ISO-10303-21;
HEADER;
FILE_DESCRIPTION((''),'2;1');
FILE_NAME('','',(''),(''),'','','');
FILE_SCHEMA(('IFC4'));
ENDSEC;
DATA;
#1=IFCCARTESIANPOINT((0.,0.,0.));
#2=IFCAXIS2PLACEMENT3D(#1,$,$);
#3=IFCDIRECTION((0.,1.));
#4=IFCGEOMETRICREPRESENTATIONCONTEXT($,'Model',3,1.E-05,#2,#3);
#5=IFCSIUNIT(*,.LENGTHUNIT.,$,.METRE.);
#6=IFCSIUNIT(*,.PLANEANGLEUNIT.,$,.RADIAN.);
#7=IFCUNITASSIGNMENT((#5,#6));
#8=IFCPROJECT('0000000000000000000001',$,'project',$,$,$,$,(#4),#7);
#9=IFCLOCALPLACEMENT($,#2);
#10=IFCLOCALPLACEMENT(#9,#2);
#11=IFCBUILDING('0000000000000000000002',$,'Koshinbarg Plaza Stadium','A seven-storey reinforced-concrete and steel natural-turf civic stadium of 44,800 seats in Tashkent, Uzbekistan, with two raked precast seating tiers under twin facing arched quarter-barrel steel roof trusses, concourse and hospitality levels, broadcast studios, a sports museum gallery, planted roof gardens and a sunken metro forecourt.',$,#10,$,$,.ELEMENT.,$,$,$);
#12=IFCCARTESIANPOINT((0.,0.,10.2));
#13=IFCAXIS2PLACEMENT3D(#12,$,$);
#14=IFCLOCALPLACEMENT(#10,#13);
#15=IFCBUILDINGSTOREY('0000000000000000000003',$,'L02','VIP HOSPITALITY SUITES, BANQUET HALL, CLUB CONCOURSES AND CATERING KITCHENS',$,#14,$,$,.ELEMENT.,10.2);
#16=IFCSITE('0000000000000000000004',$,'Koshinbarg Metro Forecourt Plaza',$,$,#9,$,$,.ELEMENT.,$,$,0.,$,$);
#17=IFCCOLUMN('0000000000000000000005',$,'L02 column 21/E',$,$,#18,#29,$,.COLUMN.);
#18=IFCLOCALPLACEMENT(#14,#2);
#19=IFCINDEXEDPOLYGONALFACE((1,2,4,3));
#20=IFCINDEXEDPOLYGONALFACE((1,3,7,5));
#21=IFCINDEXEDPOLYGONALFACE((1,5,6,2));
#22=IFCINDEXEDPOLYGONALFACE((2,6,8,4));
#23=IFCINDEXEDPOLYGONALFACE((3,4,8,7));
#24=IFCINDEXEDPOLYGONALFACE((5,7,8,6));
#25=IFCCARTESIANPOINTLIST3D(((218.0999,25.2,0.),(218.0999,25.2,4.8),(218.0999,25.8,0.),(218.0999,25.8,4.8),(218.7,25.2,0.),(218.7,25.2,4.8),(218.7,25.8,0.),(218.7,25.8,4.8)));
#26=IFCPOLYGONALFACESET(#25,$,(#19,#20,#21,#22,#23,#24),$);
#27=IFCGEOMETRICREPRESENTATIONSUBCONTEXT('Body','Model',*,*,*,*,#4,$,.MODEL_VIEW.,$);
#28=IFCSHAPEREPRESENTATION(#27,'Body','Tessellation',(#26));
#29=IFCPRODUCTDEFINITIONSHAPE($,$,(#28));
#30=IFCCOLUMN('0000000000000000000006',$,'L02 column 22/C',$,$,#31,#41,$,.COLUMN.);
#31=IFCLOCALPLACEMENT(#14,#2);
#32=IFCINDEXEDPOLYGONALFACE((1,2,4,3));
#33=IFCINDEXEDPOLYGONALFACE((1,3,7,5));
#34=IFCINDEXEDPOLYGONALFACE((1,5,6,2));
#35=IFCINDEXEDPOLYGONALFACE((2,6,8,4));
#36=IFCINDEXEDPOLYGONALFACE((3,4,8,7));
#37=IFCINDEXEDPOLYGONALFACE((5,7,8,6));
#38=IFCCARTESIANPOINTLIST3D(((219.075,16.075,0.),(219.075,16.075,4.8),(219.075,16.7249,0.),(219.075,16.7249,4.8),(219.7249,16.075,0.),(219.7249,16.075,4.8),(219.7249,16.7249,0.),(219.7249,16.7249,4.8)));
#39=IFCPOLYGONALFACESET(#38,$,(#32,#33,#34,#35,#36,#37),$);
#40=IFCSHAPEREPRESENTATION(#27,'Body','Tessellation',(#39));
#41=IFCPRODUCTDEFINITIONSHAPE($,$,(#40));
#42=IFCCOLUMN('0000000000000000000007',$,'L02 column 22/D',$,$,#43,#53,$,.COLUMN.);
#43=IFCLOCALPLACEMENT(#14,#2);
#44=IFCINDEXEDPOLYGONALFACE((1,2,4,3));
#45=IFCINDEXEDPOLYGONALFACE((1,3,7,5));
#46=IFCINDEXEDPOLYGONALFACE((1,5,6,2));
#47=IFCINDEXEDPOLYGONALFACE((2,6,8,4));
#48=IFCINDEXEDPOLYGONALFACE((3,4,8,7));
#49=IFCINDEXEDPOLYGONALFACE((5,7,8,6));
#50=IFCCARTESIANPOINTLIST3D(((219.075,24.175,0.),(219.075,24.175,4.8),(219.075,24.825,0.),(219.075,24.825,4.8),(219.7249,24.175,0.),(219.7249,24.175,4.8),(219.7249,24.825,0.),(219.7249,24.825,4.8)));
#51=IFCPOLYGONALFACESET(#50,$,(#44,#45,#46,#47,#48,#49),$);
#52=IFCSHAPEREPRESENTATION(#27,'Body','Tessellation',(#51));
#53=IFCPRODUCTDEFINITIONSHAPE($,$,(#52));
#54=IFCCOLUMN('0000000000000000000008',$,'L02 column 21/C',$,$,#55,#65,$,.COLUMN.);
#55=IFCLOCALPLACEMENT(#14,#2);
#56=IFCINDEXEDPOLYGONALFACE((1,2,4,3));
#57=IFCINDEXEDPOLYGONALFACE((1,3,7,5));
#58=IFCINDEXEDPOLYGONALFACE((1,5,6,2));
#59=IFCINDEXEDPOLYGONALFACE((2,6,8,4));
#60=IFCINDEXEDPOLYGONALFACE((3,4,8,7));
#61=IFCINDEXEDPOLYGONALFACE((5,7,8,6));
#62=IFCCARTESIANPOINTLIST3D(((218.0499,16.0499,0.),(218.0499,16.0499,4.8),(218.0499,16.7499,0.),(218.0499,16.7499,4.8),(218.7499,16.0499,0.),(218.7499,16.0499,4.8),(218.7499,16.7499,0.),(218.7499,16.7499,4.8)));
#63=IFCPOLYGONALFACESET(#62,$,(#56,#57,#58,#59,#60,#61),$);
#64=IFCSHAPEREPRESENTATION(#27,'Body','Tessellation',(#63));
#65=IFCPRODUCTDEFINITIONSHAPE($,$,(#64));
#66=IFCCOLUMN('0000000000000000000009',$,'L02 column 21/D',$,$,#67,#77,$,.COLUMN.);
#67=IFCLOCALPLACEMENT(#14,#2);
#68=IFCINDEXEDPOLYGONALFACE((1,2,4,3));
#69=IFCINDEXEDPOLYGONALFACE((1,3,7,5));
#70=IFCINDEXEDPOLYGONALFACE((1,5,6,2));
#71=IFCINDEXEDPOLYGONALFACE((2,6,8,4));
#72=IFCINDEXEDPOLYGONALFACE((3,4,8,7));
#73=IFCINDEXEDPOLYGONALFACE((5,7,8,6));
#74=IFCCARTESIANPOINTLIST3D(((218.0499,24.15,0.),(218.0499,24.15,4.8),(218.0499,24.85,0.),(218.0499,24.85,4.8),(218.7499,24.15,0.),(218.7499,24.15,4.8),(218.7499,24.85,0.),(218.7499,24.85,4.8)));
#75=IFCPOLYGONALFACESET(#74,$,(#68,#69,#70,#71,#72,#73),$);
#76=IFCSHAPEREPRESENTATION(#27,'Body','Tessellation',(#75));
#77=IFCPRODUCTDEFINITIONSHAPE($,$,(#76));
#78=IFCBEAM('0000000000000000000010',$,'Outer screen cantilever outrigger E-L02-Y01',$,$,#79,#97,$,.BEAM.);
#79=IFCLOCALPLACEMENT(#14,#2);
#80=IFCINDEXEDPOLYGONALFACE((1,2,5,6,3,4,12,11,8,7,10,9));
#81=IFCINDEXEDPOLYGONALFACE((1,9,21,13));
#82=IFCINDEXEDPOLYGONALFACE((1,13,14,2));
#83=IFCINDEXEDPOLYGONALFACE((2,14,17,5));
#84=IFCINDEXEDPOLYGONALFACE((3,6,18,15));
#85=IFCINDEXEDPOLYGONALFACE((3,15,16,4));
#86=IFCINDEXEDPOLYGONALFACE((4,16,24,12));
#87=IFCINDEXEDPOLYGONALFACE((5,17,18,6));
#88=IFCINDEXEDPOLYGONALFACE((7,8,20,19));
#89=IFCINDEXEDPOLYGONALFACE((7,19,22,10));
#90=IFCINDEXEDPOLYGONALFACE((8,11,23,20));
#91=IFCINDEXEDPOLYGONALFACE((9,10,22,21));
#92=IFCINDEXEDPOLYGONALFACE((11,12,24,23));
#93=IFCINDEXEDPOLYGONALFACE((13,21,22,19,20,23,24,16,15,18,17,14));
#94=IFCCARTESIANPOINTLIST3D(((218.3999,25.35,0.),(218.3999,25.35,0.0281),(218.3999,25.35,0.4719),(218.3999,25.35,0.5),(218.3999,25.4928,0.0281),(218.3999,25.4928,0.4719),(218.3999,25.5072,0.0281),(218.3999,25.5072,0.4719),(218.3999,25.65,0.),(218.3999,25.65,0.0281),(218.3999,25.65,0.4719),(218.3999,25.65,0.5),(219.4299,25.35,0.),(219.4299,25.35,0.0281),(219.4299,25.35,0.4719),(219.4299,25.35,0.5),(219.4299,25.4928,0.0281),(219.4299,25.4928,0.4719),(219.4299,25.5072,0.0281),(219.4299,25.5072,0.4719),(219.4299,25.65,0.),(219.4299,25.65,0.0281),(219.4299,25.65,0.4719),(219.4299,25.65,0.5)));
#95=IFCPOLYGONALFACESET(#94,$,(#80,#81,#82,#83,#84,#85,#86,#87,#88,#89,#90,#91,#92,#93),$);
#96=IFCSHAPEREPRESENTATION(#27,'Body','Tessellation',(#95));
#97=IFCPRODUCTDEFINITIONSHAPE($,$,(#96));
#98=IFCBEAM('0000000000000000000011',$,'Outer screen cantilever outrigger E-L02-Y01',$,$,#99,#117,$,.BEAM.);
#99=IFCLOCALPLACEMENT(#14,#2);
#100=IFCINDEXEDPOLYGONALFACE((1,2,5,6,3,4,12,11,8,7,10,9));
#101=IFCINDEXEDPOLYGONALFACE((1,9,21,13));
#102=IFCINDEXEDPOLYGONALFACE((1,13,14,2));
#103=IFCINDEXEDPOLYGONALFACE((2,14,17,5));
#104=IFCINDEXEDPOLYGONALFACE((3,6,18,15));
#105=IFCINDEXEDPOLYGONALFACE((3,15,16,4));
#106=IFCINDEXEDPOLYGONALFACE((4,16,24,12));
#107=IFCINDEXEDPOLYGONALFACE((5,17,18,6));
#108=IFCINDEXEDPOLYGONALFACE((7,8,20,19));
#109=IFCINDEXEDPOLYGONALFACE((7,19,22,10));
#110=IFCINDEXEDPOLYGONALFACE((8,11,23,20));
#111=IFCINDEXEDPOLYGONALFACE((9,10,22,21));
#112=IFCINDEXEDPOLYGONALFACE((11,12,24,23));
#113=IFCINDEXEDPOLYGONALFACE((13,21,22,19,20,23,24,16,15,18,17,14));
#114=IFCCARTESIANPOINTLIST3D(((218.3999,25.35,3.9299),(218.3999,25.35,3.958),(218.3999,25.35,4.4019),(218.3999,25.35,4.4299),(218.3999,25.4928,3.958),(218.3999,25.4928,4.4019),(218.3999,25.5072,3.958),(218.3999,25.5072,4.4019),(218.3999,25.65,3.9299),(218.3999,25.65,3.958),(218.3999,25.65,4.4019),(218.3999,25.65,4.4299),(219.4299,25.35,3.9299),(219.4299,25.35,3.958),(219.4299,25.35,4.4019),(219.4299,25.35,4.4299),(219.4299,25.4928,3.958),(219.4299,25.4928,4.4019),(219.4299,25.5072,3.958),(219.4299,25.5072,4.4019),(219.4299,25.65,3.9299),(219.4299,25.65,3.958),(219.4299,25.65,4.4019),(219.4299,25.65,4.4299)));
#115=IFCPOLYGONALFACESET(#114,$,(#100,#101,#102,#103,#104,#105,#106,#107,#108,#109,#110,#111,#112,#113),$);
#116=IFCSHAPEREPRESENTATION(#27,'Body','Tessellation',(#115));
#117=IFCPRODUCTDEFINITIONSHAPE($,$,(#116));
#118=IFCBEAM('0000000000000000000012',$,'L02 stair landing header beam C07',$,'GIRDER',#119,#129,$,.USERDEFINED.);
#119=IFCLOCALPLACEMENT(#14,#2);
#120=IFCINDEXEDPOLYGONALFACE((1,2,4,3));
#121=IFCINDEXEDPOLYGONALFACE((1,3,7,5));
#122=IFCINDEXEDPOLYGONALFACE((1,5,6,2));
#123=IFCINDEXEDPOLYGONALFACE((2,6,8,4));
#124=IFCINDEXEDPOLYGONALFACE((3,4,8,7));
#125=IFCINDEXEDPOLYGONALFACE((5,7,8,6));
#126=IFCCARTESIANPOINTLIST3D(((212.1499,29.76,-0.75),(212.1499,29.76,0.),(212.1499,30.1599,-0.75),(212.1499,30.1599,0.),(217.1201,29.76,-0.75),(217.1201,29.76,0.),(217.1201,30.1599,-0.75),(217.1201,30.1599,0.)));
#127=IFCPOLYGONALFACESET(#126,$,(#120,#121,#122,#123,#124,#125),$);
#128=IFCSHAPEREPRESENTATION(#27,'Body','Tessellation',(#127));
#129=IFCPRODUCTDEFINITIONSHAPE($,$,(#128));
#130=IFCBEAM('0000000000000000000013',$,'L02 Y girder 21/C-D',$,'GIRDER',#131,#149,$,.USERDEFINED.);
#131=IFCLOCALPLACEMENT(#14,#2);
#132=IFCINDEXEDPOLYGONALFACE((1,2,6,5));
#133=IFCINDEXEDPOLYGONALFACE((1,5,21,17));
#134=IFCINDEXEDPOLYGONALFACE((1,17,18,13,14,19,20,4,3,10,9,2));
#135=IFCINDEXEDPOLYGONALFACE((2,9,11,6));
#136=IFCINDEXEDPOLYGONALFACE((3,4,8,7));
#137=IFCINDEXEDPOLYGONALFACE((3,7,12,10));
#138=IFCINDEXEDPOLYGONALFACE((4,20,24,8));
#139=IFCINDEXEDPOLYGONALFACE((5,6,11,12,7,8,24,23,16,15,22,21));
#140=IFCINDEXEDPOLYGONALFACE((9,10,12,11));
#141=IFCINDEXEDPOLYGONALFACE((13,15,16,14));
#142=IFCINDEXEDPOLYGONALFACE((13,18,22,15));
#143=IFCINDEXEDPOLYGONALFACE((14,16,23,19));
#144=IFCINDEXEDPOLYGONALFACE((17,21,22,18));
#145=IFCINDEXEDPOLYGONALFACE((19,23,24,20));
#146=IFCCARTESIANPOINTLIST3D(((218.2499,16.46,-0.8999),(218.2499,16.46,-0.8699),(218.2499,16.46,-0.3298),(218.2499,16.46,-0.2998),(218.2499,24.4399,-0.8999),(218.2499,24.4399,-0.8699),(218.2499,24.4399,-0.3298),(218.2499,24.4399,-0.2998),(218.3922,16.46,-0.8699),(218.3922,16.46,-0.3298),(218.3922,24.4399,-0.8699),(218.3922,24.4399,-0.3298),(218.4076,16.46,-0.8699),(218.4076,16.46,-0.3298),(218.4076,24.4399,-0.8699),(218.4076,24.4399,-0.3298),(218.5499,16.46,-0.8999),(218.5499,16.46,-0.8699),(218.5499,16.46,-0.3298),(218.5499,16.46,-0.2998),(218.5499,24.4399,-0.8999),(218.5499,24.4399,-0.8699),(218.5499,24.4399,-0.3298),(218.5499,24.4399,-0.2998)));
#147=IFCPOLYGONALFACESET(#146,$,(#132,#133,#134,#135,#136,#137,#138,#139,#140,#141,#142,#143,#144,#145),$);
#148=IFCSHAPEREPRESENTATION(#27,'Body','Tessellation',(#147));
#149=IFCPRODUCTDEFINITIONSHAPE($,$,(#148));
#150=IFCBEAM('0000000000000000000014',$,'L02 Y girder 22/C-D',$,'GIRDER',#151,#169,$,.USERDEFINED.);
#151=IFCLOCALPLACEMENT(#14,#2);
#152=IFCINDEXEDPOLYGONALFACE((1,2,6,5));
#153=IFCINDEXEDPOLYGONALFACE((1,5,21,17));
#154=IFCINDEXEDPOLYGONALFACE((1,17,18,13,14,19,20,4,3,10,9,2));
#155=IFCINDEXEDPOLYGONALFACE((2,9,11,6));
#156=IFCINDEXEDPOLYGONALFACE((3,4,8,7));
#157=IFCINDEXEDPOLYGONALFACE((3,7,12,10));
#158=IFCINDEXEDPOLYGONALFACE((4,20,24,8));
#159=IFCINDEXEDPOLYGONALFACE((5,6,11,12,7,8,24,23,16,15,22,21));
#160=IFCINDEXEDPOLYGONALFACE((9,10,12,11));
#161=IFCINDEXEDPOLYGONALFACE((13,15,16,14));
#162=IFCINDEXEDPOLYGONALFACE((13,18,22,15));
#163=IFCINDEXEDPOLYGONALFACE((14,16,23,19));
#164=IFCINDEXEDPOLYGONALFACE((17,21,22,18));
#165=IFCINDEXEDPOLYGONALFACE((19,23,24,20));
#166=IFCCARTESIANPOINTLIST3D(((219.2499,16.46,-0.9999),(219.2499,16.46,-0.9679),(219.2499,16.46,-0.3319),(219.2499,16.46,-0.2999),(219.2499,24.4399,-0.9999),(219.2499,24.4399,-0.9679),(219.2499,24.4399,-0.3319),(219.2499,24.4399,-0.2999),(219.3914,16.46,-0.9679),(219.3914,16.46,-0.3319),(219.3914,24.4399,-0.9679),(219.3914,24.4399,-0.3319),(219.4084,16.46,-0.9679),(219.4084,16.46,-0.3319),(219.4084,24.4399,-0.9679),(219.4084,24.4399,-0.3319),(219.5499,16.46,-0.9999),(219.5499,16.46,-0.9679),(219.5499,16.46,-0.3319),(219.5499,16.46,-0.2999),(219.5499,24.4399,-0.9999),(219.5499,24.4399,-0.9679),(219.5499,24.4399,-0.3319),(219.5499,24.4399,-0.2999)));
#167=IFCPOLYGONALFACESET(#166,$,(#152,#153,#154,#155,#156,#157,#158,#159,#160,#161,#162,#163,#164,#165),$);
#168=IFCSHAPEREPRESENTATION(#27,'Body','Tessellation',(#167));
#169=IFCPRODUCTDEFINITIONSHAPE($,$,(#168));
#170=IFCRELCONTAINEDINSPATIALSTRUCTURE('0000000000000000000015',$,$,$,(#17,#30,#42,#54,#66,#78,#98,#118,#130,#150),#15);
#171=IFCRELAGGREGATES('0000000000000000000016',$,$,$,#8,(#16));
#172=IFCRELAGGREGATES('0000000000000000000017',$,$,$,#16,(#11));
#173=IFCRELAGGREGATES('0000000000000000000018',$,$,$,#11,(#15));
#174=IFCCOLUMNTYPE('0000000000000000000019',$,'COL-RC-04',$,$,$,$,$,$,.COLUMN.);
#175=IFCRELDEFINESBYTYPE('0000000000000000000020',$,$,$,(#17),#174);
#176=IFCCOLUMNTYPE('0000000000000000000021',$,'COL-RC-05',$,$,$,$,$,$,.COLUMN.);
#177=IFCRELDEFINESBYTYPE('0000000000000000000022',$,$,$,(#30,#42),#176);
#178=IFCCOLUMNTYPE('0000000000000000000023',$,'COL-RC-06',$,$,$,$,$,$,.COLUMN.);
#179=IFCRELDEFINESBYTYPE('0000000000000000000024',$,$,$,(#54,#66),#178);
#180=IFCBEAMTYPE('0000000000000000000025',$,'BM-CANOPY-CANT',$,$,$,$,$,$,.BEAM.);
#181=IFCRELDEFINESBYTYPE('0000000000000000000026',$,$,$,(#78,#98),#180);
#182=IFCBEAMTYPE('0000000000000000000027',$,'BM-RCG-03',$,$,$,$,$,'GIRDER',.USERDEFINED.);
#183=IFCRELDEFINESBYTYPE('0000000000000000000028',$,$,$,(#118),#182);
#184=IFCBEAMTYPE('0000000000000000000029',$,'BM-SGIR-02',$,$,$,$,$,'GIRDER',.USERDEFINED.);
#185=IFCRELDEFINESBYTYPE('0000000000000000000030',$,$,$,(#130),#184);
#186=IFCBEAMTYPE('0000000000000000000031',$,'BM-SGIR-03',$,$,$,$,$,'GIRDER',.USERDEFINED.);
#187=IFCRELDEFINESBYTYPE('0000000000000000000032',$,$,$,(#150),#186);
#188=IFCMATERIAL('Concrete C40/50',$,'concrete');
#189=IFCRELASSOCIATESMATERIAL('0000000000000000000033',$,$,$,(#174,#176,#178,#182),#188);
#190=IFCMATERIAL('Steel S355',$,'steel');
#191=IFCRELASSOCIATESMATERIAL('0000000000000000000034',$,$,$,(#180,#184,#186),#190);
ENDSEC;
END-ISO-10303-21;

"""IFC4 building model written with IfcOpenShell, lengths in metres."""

from ifc_helpers import new_model, si_unit, direction, frame, origin, origin_2d, place, context, subcontext, project, spatial, rectangle, i_section, extrude, material, material_profile, profile_set, type_object, element, save


model = new_model("IFC4")

# Units and contexts
model_context = context("Model", 3, precision=1e-05, world=origin(), true_north=direction((0.0, 1.0)))
body_context = subcontext(model_context, "Body", "Model", "MODEL_VIEW")
ifc_project = project(units=[si_unit("LENGTHUNIT", "METRE"), si_unit("PLANEANGLEUNIT", "RADIAN")], contexts=[model_context])

# Site, building, storey
site_placement = place(None, origin())
site = spatial("IfcSite", under=ifc_project, at=site_placement, Name="Koshinbarg Metro Forecourt Plaza", CompositionType="ELEMENT", RefElevation=0.0)
building_placement = place(site_placement, origin())
building = spatial("IfcBuilding", under=site, at=building_placement, Name="Koshinbarg Plaza Stadium", Description="A seven-storey reinforced-concrete and steel natural-turf civic stadium of 44,800 seats in Tashkent, Uzbekistan, with two raked precast seating tiers under twin facing arched quarter-barrel steel roof trusses, concourse and hospitality levels, broadcast studios, a sports museum gallery, planted roof gardens and a sunken metro forecourt.", CompositionType="ELEMENT")
storey_placement = place(building_placement, frame((0.0, 0.0, 10.2)))
storey = spatial("IfcBuildingStorey", under=building, at=storey_placement, Name="L02", Description="VIP HOSPITALITY SUITES, BANQUET HALL, CLUB CONCOURSES AND CATERING KITCHENS", CompositionType="ELEMENT", Elevation=10.2)

# Columns
ifc_material_1 = material(Name="Concrete C40/50", Category="concrete")
ifc_material_profile_1 = material_profile(ifc_material_1, rectangle(XDim=0.6001, YDim=0.6001, at=origin_2d()), Name="RC 600x600")
ifc_profile_set_1 = profile_set([ifc_material_profile_1], Name="Concrete C40/50")
column_type_1 = type_object("IfcColumnType", Name="COL-RC-04", PredefinedType="COLUMN", material=ifc_profile_set_1)
column_placement = place(storey_placement, frame((218.3999, 25.5, 0.0), z_axis=(0.0, 0.0, 1.0), x_axis=(1.0, 0.0, 0.0)))
element("IfcColumn", 1, at=column_placement, inside=storey, type_object=column_type_1, Name="L02 column 21/E", PredefinedType="COLUMN", context=body_context, shape_type="SweptSolid", body=[
    extrude(rectangle(XDim=0.6001, YDim=0.6001, at=origin_2d()), origin(), (0.0, 0.0, 1.0), 4.8),
])
ifc_material_profile_2 = material_profile(ifc_material_1, rectangle(XDim=0.6499, YDim=0.6499, at=origin_2d()), Name="RC 650x650")
ifc_profile_set_2 = profile_set([ifc_material_profile_2], Name="Concrete C40/50")
column_type_2 = type_object("IfcColumnType", Name="COL-RC-05", PredefinedType="COLUMN", material=ifc_profile_set_2)
for number, where, z_axis, x_axis, name in (
    (2, (219.3999, 16.3999, 0.0), (0.0, 0.0, 1.0), (1.0, 0.0, 0.0), "L02 column 22/C"),
    (3, (219.3999, 24.5, 0.0), (0.0, 0.0, 1.0), (1.0, 0.0, 0.0), "L02 column 22/D"),
):
    element("IfcColumn", number, at=place(storey_placement, frame(where, z_axis=z_axis, x_axis=x_axis)), inside=storey, type_object=column_type_2, Name=name, PredefinedType="COLUMN", context=body_context, shape_type="SweptSolid", body=[
        extrude(rectangle(XDim=0.6499, YDim=0.6499, at=origin_2d()), origin(), (0.0, 0.0, 1.0), 4.8),
    ])
ifc_material_profile_3 = material_profile(ifc_material_1, rectangle(XDim=0.7, YDim=0.7, at=origin_2d()), Name="RC 700x700")
ifc_profile_set_3 = profile_set([ifc_material_profile_3], Name="Concrete C40/50")
column_type_3 = type_object("IfcColumnType", Name="COL-RC-06", PredefinedType="COLUMN", material=ifc_profile_set_3)
for number, where, z_axis, x_axis, name in (
    (4, (218.3999, 16.3999, 0.0), (0.0, 0.0, 1.0), (1.0, 0.0, 0.0), "L02 column 21/C"),
    (5, (218.3999, 24.5, 0.0), (0.0, 0.0, 1.0), (1.0, 0.0, 0.0), "L02 column 21/D"),
):
    element("IfcColumn", number, at=place(storey_placement, frame(where, z_axis=z_axis, x_axis=x_axis)), inside=storey, type_object=column_type_3, Name=name, PredefinedType="COLUMN", context=body_context, shape_type="SweptSolid", body=[
        extrude(rectangle(XDim=0.7, YDim=0.7, at=origin_2d()), origin(), (0.0, 0.0, 1.0), 4.8),
    ])

# Beams
ifc_material_2 = material(Name="Steel S355", Category="steel")
ifc_material_profile_4 = material_profile(ifc_material_2, i_section(OverallWidth=0.3, OverallDepth=0.5, WebThickness=0.0144, FlangeThickness=0.0281, at=origin_2d()), Name="HEB 500")
ifc_profile_set_4 = profile_set([ifc_material_profile_4], Name="Steel S355")
beam_type_1 = type_object("IfcBeamType", Name="BM-CANOPY-CANT", PredefinedType="BEAM", material=ifc_profile_set_4)
for number, where, z_axis, x_axis, name in (
    (6, (218.3999, 25.5, 0.25), (1.0, 0.0, 0.0), (0.0, 1.0, 0.0), "Outer screen cantilever outrigger E-L02-Y01"),
    (7, (218.3999, 25.5, 4.1799), (1.0, 0.0, 0.0), (0.0, 1.0, 0.0), "Outer screen cantilever outrigger E-L02-Y01"),
):
    element("IfcBeam", number, at=place(storey_placement, frame(where, z_axis=z_axis, x_axis=x_axis)), inside=storey, type_object=beam_type_1, Name=name, PredefinedType="BEAM", context=body_context, shape_type="SweptSolid", body=[
        extrude(i_section(OverallWidth=0.3, OverallDepth=0.5, WebThickness=0.0144, FlangeThickness=0.0281, at=origin_2d()), origin(), (0.0, 0.0, 1.0), 1.03),
    ])
ifc_material_profile_5 = material_profile(ifc_material_1, rectangle(XDim=0.3999, YDim=0.75, at=origin_2d()), Name="RC 400x750")
ifc_profile_set_5 = profile_set([ifc_material_profile_5], Name="Concrete C40/50")
beam_type_2 = type_object("IfcBeamType", Name="BM-RCG-03", ElementType="GIRDER", PredefinedType="USERDEFINED", material=ifc_profile_set_5)
beam_1_placement = place(storey_placement, frame((212.1499, 29.96, -0.375), z_axis=(1.0, 0.0, 0.0), x_axis=(0.0, 1.0, 0.0)))
element("IfcBeam", 8, at=beam_1_placement, inside=storey, type_object=beam_type_2, Name="L02 stair landing header beam C07", ObjectType="GIRDER", PredefinedType="USERDEFINED", context=body_context, shape_type="SweptSolid", body=[
    extrude(rectangle(XDim=0.3999, YDim=0.75, at=origin_2d()), origin(), (0.0, 0.0, 1.0), 4.9702),
])
ifc_material_profile_6 = material_profile(ifc_material_2, i_section(OverallWidth=0.3, OverallDepth=0.6001, WebThickness=0.0154, FlangeThickness=0.03, at=origin_2d()), Name="HEB 600")
ifc_profile_set_6 = profile_set([ifc_material_profile_6], Name="Steel S355")
beam_type_3 = type_object("IfcBeamType", Name="BM-SGIR-02", ElementType="GIRDER", PredefinedType="USERDEFINED", material=ifc_profile_set_6)
beam_2_placement = place(storey_placement, frame((218.3999, 16.46, -0.5999), z_axis=(0.0, 1.0, 0.0), x_axis=(-1.0, 0.0, 0.0)))
element("IfcBeam", 9, at=beam_2_placement, inside=storey, type_object=beam_type_3, Name="L02 Y girder 21/C-D", ObjectType="GIRDER", PredefinedType="USERDEFINED", context=body_context, shape_type="SweptSolid", body=[
    extrude(i_section(OverallWidth=0.3, OverallDepth=0.6001, WebThickness=0.0154, FlangeThickness=0.03, at=origin_2d()), origin(), (0.0, 0.0, 1.0), 7.98),
])
ifc_material_profile_7 = material_profile(ifc_material_2, i_section(OverallWidth=0.3, OverallDepth=0.7, WebThickness=0.0171, FlangeThickness=0.032, at=origin_2d()), Name="HEB 700")
ifc_profile_set_7 = profile_set([ifc_material_profile_7], Name="Steel S355")
beam_type_4 = type_object("IfcBeamType", Name="BM-SGIR-03", ElementType="GIRDER", PredefinedType="USERDEFINED", material=ifc_profile_set_7)
beam_3_placement = place(storey_placement, frame((219.3999, 16.46, -0.6499), z_axis=(0.0, 1.0, 0.0), x_axis=(-1.0, 0.0, 0.0)))
element("IfcBeam", 10, at=beam_3_placement, inside=storey, type_object=beam_type_4, Name="L02 Y girder 22/C-D", ObjectType="GIRDER", PredefinedType="USERDEFINED", context=body_context, shape_type="SweptSolid", body=[
    extrude(i_section(OverallWidth=0.3, OverallDepth=0.7, WebThickness=0.0171, FlangeThickness=0.032, at=origin_2d()), origin(), (0.0, 0.0, 1.0), 7.98),
])

save(model, "model.ifc")
